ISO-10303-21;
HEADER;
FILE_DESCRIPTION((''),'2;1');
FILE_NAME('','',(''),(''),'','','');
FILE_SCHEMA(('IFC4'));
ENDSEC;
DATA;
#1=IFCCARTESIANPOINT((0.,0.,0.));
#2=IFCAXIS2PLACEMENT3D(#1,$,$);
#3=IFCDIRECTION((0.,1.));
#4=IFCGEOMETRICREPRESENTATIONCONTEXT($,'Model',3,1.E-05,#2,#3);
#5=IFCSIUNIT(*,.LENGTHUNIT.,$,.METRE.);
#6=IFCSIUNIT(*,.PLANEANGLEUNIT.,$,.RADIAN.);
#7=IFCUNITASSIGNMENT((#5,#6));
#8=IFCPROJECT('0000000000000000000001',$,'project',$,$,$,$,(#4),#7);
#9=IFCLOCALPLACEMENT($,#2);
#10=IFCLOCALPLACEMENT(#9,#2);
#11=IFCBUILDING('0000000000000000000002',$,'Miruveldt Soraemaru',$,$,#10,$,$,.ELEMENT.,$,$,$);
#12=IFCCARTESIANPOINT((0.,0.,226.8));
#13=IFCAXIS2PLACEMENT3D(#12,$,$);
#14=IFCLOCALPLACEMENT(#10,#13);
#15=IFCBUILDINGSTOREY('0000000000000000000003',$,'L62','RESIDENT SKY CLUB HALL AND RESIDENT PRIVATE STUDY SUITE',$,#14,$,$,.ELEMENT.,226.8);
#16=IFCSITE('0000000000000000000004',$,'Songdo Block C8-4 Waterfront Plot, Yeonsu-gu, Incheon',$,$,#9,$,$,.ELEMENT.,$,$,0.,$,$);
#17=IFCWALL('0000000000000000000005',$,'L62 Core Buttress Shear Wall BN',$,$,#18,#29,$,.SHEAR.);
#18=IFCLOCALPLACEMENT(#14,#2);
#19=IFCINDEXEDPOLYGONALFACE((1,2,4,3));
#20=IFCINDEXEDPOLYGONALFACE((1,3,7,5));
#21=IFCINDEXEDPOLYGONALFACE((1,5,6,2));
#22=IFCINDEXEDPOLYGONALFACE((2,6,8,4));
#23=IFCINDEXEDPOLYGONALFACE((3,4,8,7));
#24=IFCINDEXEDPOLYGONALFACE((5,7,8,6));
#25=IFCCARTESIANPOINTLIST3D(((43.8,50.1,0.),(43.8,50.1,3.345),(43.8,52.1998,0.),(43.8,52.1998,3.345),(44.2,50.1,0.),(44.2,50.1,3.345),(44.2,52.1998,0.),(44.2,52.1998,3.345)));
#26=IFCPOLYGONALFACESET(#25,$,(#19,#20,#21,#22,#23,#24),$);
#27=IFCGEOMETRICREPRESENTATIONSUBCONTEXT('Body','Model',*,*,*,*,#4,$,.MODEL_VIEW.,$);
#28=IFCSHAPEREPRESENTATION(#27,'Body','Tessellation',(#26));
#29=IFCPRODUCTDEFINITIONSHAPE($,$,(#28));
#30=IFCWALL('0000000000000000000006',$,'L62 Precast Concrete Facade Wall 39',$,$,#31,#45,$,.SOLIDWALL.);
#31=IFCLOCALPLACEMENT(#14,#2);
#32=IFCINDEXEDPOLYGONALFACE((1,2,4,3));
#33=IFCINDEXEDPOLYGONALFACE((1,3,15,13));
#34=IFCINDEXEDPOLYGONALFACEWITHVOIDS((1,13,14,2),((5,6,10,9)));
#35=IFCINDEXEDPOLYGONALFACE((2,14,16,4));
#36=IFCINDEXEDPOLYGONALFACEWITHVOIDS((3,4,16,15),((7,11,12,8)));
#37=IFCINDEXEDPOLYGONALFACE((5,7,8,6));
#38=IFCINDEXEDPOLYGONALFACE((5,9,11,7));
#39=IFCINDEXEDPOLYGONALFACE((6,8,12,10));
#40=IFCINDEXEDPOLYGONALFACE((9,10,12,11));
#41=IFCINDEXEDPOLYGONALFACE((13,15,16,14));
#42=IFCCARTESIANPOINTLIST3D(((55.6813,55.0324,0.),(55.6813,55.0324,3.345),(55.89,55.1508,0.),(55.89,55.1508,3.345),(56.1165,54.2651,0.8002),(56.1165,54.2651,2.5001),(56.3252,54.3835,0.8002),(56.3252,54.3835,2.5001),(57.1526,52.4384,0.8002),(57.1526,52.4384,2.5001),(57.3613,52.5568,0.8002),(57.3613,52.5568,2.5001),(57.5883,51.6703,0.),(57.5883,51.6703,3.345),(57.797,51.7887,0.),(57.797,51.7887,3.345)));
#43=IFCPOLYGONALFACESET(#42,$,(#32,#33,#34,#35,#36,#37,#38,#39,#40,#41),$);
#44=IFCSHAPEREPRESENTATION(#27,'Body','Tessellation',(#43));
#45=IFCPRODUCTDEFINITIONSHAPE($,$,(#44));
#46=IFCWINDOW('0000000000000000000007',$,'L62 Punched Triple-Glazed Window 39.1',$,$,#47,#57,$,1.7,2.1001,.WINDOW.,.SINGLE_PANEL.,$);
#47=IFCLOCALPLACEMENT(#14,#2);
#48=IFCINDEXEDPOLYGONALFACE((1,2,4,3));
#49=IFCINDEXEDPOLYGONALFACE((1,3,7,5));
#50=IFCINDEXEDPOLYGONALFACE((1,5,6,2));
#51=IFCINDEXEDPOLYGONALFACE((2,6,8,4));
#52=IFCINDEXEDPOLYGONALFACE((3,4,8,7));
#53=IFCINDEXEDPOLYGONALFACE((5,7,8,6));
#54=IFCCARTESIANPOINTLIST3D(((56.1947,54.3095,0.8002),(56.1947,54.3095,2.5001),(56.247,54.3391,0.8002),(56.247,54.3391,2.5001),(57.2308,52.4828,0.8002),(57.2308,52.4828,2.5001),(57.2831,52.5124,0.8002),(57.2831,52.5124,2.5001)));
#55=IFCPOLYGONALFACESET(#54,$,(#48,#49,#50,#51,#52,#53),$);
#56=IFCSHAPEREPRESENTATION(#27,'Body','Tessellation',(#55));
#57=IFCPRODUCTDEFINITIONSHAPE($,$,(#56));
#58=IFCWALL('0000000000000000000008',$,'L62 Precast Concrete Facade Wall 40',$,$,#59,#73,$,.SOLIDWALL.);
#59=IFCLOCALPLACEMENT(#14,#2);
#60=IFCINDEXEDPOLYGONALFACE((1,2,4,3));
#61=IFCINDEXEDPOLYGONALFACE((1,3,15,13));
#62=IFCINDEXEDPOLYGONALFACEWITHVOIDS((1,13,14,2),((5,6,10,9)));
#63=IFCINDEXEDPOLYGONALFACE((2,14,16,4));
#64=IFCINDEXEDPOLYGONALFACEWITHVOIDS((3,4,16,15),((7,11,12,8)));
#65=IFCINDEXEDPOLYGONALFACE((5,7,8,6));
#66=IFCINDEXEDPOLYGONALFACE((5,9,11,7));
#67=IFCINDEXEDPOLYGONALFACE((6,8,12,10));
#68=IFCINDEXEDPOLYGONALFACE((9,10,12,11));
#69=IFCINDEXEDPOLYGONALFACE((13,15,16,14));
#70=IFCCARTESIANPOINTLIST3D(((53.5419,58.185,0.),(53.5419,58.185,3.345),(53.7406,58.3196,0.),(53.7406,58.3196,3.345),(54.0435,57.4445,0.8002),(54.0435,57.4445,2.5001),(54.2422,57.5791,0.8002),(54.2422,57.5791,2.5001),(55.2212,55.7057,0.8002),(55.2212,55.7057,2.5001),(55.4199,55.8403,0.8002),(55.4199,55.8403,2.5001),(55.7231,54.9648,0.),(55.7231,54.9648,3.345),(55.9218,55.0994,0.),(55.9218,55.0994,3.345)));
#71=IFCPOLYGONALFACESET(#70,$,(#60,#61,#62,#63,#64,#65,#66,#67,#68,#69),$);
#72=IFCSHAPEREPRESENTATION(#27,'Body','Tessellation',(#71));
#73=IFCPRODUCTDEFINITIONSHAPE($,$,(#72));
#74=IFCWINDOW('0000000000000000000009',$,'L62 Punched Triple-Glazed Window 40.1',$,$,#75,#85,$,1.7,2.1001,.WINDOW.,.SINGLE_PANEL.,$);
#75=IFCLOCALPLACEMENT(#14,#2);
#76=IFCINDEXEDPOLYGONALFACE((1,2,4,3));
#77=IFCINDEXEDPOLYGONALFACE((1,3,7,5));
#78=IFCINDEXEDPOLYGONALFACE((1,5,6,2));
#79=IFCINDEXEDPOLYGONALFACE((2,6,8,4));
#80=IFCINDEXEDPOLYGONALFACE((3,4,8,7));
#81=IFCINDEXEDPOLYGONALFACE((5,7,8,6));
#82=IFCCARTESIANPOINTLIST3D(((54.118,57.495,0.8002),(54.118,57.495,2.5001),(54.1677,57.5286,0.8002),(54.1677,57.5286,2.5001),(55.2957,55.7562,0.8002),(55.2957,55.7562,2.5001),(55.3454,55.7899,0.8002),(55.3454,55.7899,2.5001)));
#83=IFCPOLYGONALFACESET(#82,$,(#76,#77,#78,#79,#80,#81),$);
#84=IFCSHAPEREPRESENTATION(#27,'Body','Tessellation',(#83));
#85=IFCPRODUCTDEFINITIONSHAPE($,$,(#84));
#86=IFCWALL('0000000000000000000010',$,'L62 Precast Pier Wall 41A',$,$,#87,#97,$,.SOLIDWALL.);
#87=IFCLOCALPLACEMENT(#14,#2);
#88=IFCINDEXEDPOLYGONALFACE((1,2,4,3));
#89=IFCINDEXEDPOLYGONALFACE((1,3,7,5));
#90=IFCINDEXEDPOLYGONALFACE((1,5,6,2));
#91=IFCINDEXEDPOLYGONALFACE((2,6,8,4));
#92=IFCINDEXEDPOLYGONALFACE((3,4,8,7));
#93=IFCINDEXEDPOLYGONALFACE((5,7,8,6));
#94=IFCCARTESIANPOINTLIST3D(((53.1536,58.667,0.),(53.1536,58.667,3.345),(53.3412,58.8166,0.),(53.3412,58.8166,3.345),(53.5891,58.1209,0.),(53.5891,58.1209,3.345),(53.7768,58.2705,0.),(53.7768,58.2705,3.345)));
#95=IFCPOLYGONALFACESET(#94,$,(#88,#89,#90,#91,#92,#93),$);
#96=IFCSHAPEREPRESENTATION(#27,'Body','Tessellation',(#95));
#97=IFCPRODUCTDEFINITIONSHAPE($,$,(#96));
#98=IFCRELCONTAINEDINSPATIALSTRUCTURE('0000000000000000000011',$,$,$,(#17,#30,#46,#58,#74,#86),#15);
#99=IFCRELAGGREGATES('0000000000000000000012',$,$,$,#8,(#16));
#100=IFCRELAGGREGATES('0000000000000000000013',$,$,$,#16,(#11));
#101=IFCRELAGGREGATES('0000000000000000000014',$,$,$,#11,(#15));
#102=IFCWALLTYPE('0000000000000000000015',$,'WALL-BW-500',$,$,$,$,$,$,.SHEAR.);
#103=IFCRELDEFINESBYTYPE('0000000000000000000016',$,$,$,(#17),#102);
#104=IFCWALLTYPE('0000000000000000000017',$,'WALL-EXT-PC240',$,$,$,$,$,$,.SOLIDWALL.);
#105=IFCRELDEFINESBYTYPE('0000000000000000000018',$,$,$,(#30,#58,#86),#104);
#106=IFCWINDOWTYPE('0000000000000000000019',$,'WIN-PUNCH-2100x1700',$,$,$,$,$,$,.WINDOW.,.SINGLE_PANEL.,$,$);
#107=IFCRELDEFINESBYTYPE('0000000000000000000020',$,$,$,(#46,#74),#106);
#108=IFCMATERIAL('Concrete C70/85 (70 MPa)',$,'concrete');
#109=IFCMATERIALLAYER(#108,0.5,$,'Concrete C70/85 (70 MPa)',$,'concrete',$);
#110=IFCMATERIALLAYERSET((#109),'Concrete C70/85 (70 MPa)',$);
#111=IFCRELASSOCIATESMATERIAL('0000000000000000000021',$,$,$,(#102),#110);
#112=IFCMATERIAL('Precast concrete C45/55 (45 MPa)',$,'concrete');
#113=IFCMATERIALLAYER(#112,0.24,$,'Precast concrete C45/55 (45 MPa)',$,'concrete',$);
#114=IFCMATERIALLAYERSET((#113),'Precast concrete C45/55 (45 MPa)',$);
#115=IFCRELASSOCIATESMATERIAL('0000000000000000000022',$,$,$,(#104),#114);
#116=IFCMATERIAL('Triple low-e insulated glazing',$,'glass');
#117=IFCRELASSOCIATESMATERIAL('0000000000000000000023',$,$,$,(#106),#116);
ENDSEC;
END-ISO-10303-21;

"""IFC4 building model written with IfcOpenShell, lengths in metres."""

from ifc_helpers import new_model, si_unit, direction, frame, frame_2d, origin, place, context, subcontext, project, spatial, rectangle, extrude, material, layer, layer_set, type_object, element, fill, save


model = new_model("IFC4")

# Units and contexts
model_context = context("Model", 3, precision=1e-05, world=origin(), true_north=direction((0.0, 1.0)))
body_context = subcontext(model_context, "Body", "Model", "MODEL_VIEW")
ifc_project = project(units=[si_unit("LENGTHUNIT", "METRE"), si_unit("PLANEANGLEUNIT", "RADIAN")], contexts=[model_context])

# Site, building, storey
site_placement = place(None, origin())
site = spatial("IfcSite", under=ifc_project, at=site_placement, Name="Songdo Block C8-4 Waterfront Plot, Yeonsu-gu, Incheon", CompositionType="ELEMENT", RefElevation=0.0)
building_placement = place(site_placement, origin())
building = spatial("IfcBuilding", under=site, at=building_placement, Name="Miruveldt Soraemaru", CompositionType="ELEMENT")
storey_placement = place(building_placement, frame((0.0, 0.0, 226.8)))
storey = spatial("IfcBuildingStorey", under=building, at=storey_placement, Name="L62", Description="RESIDENT SKY CLUB HALL AND RESIDENT PRIVATE STUDY SUITE", CompositionType="ELEMENT", Elevation=226.8)

# Wall
ifc_material_1 = material(Name="Concrete C70/85 (70 MPa)", Category="concrete")
ifc_layer_1 = layer(ifc_material_1, 0.5, Name="Concrete C70/85 (70 MPa)", Category="concrete")
ifc_layer_set_1 = layer_set([ifc_layer_1], Name="Concrete C70/85 (70 MPa)")
wall_type_1 = type_object("IfcWallType", Name="WALL-BW-500", PredefinedType="SHEAR", material=ifc_layer_set_1)
wall_1_placement = place(storey_placement, frame((44.0, 50.1001, 0.0), z_axis=(0.0, 0.0, 1.0), x_axis=(0.0, 1.0, 0.0)))
element("IfcWall", 1, at=wall_1_placement, inside=storey, type_object=wall_type_1, Name="L62 Core Buttress Shear Wall BN", PredefinedType="SHEAR", context=body_context, shape_type="SweptSolid", body=[
    extrude(rectangle(XDim=2.0999, YDim=0.3999, at=frame_2d((1.0498, 0.0))), origin(), (0.0, 0.0, 1.0), 3.345),
])

# Walls, openings, windows
ifc_material_2 = material(Name="Precast concrete C45/55 (45 MPa)", Category="concrete")
ifc_layer_2 = layer(ifc_material_2, 0.24, Name="Precast concrete C45/55 (45 MPa)", Category="concrete")
ifc_layer_set_2 = layer_set([ifc_layer_2], Name="Precast concrete C45/55 (45 MPa)")
wall_type_2 = type_object("IfcWallType", Name="WALL-EXT-PC240", PredefinedType="SOLIDWALL", material=ifc_layer_set_2)
wall_2_placement = place(storey_placement, frame((57.6926, 51.7295, 0.0), z_axis=(0.0, 0.0, 1.0), x_axis=(-0.493368, 0.869821, 0.0)))
wall_2 = element("IfcWall", 2, at=wall_2_placement, inside=storey, type_object=wall_type_2, Name="L62 Precast Concrete Facade Wall 39", PredefinedType="SOLIDWALL", context=body_context, shape_type="SweptSolid", body=[
    extrude(rectangle(XDim=3.8652, YDim=0.24, at=frame_2d((1.9326, 0.0))), origin(), (0.0, 0.0, 1.0), 3.345),
])
opening_1_placement = place(wall_2_placement, frame((0.8831, 0.0, 0.8)))
opening_1 = element("IfcOpeningElement", 3, at=opening_1_placement, cuts=wall_2, PredefinedType="OPENING", context=body_context, shape_type="SweptSolid", body=[
    extrude(rectangle(XDim=2.1001, YDim=1.7, at=frame_2d((1.05, 0.8501))), frame((0.0, 0.1299, 0.0), z_axis=(0.0, -1.0, 0.0), x_axis=(1.0, 0.0, 0.0)), (0.0, 0.0, 1.0), 0.26),
])
ifc_material_3 = material(Name="Triple low-e insulated glazing", Category="glass")
window_type = type_object("IfcWindowType", Name="WIN-PUNCH-2100x1700", PartitioningType="SINGLE_PANEL", PredefinedType="WINDOW", material=ifc_material_3)
window_1_placement = place(opening_1_placement, origin())
window_1 = element("IfcWindow", 4, at=window_1_placement, inside=storey, type_object=window_type, Name="L62 Punched Triple-Glazed Window 39.1", OverallHeight=1.7, OverallWidth=2.1001, PartitioningType="SINGLE_PANEL", PredefinedType="WINDOW", context=body_context, shape_type="SweptSolid", body=[
    extrude(rectangle(XDim=2.1001, YDim=1.7, at=frame_2d((1.05, 0.8501))), frame((0.0, 0.03, 0.0), z_axis=(0.0, -1.0, 0.0), x_axis=(1.0, 0.0, 0.0)), (0.0, 0.0, 1.0), 0.0601),
])
fill(opening_1, window_1)
wall_3_placement = place(storey_placement, frame((55.8225, 55.032, 0.0), z_axis=(0.0, 0.0, 1.0), x_axis=(-0.560798, 0.827953, 0.0)))
wall_3 = element("IfcWall", 5, at=wall_3_placement, inside=storey, type_object=wall_type_2, Name="L62 Precast Concrete Facade Wall 40", PredefinedType="SOLIDWALL", context=body_context, shape_type="SweptSolid", body=[
    extrude(rectangle(XDim=3.8894, YDim=0.24, at=frame_2d((1.9448, 0.0))), origin(), (0.0, 0.0, 1.0), 3.345),
])
opening_2_placement = place(wall_3_placement, frame((0.895, 0.0, 0.8)))
opening_2 = element("IfcOpeningElement", 6, at=opening_2_placement, cuts=wall_3, PredefinedType="OPENING", context=body_context, shape_type="SweptSolid", body=[
    extrude(rectangle(XDim=2.1001, YDim=1.7, at=frame_2d((1.05, 0.8501))), frame((0.0, 0.1299, 0.0), z_axis=(0.0, -1.0, 0.0), x_axis=(1.0, 0.0, 0.0)), (0.0, 0.0, 1.0), 0.26),
])
window_2_placement = place(opening_2_placement, origin())
window_2 = element("IfcWindow", 7, at=window_2_placement, inside=storey, type_object=window_type, Name="L62 Punched Triple-Glazed Window 40.1", OverallHeight=1.7, OverallWidth=2.1001, PartitioningType="SINGLE_PANEL", PredefinedType="WINDOW", context=body_context, shape_type="SweptSolid", body=[
    extrude(rectangle(XDim=2.1001, YDim=1.7, at=frame_2d((1.05, 0.8501))), frame((0.0, 0.03, 0.0), z_axis=(0.0, -1.0, 0.0), x_axis=(1.0, 0.0, 0.0)), (0.0, 0.0, 1.0), 0.0601),
])
fill(opening_2, window_2)

# Wall
wall_4_placement = place(storey_placement, frame((53.6829, 58.1958, 0.0), z_axis=(0.0, 0.0, 1.0), x_axis=(-0.623501, 0.781823, 0.0)))
element("IfcWall", 8, at=wall_4_placement, inside=storey, type_object=wall_type_2, Name="L62 Precast Pier Wall 41A", PredefinedType="SOLIDWALL", context=body_context, shape_type="SweptSolid", body=[
    extrude(rectangle(XDim=0.6985, YDim=0.24, at=frame_2d((0.3491, 0.0))), origin(), (0.0, 0.0, 1.0), 3.345),
])

save(model, "model.ifc")
